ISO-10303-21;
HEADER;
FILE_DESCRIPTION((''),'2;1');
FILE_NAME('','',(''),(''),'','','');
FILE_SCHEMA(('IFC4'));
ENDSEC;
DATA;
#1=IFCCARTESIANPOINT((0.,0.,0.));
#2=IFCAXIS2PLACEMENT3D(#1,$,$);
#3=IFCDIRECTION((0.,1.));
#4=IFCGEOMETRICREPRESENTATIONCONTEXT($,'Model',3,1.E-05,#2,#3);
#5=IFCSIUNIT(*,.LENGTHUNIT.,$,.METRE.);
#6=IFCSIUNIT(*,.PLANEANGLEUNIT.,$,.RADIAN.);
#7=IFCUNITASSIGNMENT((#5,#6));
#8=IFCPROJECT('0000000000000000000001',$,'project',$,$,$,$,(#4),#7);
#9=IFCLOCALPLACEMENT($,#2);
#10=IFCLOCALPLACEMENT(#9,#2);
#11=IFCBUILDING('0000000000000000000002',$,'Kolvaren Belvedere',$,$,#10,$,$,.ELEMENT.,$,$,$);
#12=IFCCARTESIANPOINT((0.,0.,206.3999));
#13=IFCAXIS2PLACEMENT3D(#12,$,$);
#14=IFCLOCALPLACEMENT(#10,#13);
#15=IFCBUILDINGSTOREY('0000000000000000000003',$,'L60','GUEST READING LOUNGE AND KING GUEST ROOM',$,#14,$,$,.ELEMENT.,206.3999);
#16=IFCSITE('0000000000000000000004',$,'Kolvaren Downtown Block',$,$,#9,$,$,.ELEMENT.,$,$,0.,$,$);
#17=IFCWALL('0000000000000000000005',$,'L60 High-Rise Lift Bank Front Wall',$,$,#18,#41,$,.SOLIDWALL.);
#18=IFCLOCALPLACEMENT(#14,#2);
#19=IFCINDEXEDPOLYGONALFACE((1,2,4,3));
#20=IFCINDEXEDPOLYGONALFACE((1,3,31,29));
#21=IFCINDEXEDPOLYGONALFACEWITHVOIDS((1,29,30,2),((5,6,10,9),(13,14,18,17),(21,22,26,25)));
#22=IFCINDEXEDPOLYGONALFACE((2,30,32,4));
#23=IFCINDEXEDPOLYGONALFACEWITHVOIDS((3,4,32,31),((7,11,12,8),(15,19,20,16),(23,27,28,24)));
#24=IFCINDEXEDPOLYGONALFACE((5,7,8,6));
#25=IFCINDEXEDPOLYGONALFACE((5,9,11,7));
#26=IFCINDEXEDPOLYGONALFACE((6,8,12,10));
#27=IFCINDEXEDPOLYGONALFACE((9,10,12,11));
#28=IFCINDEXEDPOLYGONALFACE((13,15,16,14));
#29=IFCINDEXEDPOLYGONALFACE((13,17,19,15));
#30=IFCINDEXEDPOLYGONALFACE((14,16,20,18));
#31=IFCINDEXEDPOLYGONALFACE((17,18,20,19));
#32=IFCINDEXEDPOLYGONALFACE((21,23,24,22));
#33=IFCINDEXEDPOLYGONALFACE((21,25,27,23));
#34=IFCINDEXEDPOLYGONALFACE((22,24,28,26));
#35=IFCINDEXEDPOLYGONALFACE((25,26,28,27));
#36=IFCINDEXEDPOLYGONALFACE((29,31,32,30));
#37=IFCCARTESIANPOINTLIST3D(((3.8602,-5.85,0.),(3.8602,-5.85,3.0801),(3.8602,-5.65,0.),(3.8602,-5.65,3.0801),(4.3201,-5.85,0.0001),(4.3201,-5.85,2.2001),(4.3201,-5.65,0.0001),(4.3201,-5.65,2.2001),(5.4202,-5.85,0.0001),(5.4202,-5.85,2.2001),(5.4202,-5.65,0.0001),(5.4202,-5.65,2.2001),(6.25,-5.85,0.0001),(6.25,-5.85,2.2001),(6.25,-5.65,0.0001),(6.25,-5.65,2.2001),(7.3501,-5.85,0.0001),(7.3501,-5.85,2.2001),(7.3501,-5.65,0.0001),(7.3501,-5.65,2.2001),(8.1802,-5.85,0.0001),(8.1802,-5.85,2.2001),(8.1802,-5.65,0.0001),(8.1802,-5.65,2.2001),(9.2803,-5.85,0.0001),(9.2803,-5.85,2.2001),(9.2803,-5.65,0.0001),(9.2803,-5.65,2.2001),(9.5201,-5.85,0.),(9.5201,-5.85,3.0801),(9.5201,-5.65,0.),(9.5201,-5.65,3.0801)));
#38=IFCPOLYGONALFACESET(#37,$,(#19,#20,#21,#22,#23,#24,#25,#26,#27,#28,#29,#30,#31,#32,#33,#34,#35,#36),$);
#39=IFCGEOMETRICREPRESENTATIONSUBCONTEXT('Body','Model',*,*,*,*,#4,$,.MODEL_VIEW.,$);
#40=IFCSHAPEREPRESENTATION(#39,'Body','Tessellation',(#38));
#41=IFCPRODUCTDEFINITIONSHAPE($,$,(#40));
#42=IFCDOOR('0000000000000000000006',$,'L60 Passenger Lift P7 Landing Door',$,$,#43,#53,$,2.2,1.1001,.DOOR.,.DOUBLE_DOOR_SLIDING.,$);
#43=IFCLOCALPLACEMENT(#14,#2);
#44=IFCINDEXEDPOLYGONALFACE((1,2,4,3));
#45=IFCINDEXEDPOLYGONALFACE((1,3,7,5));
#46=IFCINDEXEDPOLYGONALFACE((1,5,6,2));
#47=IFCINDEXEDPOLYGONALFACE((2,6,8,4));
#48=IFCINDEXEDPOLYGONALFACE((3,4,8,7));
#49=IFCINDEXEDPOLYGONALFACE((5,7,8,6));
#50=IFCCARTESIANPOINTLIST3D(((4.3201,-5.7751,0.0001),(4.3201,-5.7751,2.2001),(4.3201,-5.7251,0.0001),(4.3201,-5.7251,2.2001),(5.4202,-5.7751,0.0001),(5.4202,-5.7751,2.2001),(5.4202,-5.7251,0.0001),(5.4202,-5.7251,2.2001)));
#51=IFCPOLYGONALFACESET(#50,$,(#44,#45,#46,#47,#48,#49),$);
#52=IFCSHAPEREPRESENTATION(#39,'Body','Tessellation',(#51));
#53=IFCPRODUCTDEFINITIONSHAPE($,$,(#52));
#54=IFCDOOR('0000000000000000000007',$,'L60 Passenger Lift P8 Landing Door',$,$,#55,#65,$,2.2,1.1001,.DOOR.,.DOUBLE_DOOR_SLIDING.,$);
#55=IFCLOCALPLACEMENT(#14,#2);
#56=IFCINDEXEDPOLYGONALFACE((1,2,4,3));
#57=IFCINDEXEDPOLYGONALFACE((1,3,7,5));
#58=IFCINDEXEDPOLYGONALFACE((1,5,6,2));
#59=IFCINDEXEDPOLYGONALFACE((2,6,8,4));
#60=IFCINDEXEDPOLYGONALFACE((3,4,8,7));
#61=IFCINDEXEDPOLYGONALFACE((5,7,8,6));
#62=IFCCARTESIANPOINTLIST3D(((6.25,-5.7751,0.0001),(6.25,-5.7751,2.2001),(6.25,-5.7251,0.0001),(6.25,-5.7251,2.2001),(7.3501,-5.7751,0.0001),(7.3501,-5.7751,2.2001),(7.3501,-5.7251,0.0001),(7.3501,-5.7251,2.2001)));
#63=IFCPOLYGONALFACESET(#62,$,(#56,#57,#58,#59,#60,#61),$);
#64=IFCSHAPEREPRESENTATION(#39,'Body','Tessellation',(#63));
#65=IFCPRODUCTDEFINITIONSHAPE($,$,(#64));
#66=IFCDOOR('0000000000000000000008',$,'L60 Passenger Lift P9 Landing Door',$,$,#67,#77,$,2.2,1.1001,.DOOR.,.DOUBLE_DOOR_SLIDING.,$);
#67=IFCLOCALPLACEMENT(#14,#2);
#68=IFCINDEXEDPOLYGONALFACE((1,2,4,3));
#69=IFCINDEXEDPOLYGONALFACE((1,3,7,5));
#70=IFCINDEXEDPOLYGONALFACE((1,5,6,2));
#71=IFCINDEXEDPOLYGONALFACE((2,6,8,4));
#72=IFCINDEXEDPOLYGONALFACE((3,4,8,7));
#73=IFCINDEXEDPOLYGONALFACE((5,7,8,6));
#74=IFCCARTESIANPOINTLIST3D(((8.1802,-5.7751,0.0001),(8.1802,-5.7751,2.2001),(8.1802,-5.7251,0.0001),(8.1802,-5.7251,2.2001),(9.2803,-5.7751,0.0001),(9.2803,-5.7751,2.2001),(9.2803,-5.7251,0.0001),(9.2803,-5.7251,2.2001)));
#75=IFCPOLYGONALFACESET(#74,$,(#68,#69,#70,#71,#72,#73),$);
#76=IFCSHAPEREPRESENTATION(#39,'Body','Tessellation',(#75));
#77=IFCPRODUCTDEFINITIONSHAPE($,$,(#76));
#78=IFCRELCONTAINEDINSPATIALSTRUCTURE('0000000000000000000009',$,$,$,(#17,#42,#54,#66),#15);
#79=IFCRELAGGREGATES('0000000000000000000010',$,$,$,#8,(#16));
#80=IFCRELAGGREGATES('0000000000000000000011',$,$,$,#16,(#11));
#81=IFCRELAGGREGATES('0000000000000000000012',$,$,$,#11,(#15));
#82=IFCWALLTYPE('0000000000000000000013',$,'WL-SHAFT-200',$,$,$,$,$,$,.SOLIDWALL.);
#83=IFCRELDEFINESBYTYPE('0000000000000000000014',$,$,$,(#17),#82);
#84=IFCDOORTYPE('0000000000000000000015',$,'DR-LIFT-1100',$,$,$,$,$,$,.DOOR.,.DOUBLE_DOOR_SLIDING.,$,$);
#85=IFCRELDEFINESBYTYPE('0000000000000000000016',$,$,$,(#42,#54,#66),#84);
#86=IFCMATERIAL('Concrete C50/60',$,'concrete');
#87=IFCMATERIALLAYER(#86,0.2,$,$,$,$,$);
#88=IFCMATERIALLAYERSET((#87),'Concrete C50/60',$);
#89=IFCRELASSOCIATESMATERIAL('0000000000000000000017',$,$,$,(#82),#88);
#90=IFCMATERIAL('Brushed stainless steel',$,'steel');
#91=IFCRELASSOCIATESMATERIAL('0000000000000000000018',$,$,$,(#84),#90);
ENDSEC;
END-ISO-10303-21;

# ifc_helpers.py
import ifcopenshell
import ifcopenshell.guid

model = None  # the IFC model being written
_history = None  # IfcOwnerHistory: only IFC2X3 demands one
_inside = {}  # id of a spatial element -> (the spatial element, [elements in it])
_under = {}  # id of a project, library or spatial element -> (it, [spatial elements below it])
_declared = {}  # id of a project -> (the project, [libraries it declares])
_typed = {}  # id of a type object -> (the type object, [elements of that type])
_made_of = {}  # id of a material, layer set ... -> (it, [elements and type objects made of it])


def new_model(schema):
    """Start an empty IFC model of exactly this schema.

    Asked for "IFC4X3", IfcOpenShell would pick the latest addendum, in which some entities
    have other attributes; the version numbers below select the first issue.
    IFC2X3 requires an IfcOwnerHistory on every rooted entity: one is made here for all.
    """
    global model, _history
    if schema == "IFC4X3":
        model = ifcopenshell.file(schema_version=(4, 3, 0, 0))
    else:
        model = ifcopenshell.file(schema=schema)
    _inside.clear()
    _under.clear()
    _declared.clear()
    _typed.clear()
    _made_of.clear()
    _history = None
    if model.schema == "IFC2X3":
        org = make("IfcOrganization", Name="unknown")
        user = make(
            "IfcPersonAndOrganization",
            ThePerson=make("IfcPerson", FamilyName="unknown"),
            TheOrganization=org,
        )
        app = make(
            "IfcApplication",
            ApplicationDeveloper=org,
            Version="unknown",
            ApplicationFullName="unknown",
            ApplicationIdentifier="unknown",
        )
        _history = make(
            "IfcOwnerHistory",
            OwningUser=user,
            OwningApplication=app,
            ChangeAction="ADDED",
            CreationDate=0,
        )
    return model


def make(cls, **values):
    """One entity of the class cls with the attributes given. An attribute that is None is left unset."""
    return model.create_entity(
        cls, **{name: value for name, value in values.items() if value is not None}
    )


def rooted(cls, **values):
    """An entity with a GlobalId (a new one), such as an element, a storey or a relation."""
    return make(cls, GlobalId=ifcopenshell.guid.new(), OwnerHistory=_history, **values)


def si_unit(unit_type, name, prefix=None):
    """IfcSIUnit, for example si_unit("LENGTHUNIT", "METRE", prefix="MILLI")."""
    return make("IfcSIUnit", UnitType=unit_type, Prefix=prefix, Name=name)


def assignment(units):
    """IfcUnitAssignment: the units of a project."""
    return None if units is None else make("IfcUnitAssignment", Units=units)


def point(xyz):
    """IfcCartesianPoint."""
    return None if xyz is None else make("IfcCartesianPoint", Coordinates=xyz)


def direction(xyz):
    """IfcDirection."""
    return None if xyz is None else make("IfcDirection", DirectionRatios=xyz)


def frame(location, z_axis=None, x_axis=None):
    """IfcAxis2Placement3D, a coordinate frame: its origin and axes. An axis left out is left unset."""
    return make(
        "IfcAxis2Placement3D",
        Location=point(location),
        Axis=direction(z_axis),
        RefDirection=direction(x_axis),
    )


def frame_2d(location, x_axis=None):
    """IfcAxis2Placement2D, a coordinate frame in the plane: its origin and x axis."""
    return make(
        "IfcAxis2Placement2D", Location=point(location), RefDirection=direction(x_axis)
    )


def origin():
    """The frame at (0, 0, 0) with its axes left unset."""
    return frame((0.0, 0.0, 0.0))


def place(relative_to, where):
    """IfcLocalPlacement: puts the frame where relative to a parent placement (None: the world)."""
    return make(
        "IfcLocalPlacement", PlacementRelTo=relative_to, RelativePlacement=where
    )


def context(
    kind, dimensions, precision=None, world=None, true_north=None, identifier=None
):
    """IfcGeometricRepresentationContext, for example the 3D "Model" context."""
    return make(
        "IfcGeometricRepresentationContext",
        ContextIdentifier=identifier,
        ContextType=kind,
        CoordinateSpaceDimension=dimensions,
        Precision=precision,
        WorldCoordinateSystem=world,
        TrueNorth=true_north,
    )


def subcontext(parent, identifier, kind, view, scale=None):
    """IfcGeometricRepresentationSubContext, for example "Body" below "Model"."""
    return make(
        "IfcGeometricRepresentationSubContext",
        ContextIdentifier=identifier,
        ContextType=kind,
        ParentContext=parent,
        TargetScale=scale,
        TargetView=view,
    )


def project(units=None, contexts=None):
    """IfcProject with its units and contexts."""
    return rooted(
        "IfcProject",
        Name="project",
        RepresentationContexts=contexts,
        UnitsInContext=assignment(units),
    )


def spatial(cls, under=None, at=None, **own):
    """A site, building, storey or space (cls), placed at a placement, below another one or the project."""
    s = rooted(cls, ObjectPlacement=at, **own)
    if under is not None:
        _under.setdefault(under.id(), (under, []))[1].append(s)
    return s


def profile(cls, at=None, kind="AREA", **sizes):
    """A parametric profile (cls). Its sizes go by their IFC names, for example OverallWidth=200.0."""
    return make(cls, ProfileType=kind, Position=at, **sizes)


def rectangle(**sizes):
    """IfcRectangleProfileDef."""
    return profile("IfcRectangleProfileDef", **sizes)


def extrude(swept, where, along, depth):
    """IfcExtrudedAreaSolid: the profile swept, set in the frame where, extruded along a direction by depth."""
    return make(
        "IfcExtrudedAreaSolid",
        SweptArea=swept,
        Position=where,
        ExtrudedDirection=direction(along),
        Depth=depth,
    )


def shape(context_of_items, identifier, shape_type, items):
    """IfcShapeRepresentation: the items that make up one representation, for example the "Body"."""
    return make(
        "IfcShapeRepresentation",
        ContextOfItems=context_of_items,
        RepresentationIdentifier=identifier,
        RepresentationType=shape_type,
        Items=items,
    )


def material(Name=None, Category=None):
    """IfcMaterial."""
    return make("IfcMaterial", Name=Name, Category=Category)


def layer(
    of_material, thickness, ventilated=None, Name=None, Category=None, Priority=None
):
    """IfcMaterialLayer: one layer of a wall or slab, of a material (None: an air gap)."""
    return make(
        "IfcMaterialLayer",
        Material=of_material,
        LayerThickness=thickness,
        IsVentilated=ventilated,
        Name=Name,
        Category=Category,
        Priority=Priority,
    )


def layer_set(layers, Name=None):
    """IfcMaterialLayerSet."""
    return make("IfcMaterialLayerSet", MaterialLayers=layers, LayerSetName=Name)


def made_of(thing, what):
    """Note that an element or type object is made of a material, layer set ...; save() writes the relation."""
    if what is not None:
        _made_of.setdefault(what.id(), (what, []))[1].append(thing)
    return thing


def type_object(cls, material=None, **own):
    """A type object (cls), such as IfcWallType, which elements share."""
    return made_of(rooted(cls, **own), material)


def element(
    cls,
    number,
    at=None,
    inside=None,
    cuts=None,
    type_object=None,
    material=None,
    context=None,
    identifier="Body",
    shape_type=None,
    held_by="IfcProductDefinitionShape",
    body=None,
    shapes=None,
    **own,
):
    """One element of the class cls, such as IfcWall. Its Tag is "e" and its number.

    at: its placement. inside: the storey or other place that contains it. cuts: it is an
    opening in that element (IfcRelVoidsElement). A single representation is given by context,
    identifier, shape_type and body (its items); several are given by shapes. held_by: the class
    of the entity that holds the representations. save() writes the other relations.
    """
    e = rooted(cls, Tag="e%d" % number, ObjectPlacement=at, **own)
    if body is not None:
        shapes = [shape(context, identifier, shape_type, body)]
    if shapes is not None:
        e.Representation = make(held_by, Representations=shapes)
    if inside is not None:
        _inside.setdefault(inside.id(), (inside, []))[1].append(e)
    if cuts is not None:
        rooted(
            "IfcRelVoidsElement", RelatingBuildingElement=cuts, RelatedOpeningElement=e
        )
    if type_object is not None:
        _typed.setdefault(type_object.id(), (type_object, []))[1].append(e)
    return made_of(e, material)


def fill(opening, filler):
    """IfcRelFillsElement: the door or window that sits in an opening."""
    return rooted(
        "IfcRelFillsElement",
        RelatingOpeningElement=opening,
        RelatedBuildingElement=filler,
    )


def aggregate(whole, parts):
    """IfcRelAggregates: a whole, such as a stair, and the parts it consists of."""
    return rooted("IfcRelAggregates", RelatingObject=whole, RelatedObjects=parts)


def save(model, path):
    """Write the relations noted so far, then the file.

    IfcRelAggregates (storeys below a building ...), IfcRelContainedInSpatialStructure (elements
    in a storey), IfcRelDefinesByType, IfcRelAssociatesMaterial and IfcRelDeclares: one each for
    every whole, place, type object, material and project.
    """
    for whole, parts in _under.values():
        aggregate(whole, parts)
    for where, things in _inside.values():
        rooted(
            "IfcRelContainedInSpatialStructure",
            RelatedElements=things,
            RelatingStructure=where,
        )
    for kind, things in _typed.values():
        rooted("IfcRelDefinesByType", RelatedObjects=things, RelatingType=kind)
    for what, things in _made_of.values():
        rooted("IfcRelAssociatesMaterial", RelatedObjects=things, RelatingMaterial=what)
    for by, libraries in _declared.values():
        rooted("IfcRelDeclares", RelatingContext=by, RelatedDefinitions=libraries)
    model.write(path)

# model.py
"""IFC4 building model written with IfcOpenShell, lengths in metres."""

from ifc_helpers import new_model, si_unit, direction, frame, frame_2d, origin, place, context, subcontext, project, spatial, rectangle, extrude, material, layer, layer_set, type_object, element, fill, save


model = new_model("IFC4")

# Units and contexts
model_context = context("Model", 3, precision=1e-05, world=origin(), true_north=direction((0.0, 1.0)))
body_context = subcontext(model_context, "Body", "Model", "MODEL_VIEW")
ifc_project = project(units=[si_unit("LENGTHUNIT", "METRE"), si_unit("PLANEANGLEUNIT", "RADIAN")], contexts=[model_context])

# Site, building, storey
site_placement = place(None, origin())
site = spatial("IfcSite", under=ifc_project, at=site_placement, Name="Kolvaren Downtown Block", CompositionType="ELEMENT", RefElevation=0.0)
building_placement = place(site_placement, origin())
building = spatial("IfcBuilding", under=site, at=building_placement, Name="Kolvaren Belvedere", CompositionType="ELEMENT")
storey_placement = place(building_placement, frame((0.0, 0.0, 206.3999)))
storey = spatial("IfcBuildingStorey", under=building, at=storey_placement, Name="L60", Description="GUEST READING LOUNGE AND KING GUEST ROOM", CompositionType="ELEMENT", Elevation=206.3999)

# Shared definitions
ifc_material_1 = material(Name="Concrete C50/60", Category="concrete")
ifc_layer_1 = layer(ifc_material_1, 0.2)
ifc_layer_set_1 = layer_set([ifc_layer_1], Name="Concrete C50/60")
wall_type_1 = type_object("IfcWallType", Name="WL-SHAFT-200", PredefinedType="SOLIDWALL", material=ifc_layer_set_1)
ifc_material_2 = material(Name="Brushed stainless steel", Category="steel")
door_type_1 = type_object("IfcDoorType", Name="DR-LIFT-1100", OperationType="DOUBLE_DOOR_SLIDING", PredefinedType="DOOR", material=ifc_material_2)

# Wall, openings, doors
wall_1_placement = place(storey_placement, frame((3.8601, -5.75, 0.0), z_axis=(0.0, 0.0, 1.0), x_axis=(1.0, 0.0, 0.0)))
wall_1 = element("IfcWall", 1, at=wall_1_placement, inside=storey, type_object=wall_type_1, Name="L60 High-Rise Lift Bank Front Wall", PredefinedType="SOLIDWALL", context=body_context, shape_type="SweptSolid", body=[
    extrude(rectangle(XDim=5.6599, YDim=0.2, at=frame_2d((2.8301, 0.0))), origin(), (0.0, 0.0, 1.0), 3.0801),
])
opening_1_placement = place(wall_1_placement, frame((0.46, 0.0, 0.0)))
opening_1 = element("IfcOpeningElement", 2, at=opening_1_placement, cuts=wall_1, PredefinedType="OPENING", context=body_context, shape_type="SweptSolid", body=[
    extrude(rectangle(XDim=1.1001, YDim=2.2, at=frame_2d((0.55, 1.1001))), frame((0.0, 0.1099, 0.0), z_axis=(0.0, -1.0, 0.0), x_axis=(1.0, 0.0, 0.0)), (0.0, 0.0, 1.0), 0.22),
])
opening_2_placement = place(wall_1_placement, frame((2.3899, 0.0, 0.0)))
opening_2 = element("IfcOpeningElement", 3, at=opening_2_placement, cuts=wall_1, PredefinedType="OPENING", context=body_context, shape_type="SweptSolid", body=[
    extrude(rectangle(XDim=1.1001, YDim=2.2, at=frame_2d((0.55, 1.1001))), frame((0.0, 0.1099, 0.0), z_axis=(0.0, -1.0, 0.0), x_axis=(1.0, 0.0, 0.0)), (0.0, 0.0, 1.0), 0.22),
])
opening_3_placement = place(wall_1_placement, frame((4.3201, 0.0, 0.0)))
opening_3 = element("IfcOpeningElement", 4, at=opening_3_placement, cuts=wall_1, PredefinedType="OPENING", context=body_context, shape_type="SweptSolid", body=[
    extrude(rectangle(XDim=1.1001, YDim=2.2, at=frame_2d((0.55, 1.1001))), frame((0.0, 0.1099, 0.0), z_axis=(0.0, -1.0, 0.0), x_axis=(1.0, 0.0, 0.0)), (0.0, 0.0, 1.0), 0.22),
])
door_1_placement = place(opening_1_placement, origin())
door_1 = element("IfcDoor", 5, at=door_1_placement, inside=storey, type_object=door_type_1, Name="L60 Passenger Lift P7 Landing Door", OperationType="DOUBLE_DOOR_SLIDING", OverallHeight=2.2, OverallWidth=1.1001, PredefinedType="DOOR", context=body_context, shape_type="SweptSolid", body=[
    extrude(rectangle(XDim=1.1001, YDim=2.2, at=frame_2d((0.55, 1.1001))), frame((0.0, 0.0249, 0.0), z_axis=(0.0, -1.0, 0.0), x_axis=(1.0, 0.0, 0.0)), (0.0, 0.0, 1.0), 0.05),
])
fill(opening_1, door_1)
door_2_placement = place(opening_2_placement, origin())
door_2 = element("IfcDoor", 6, at=door_2_placement, inside=storey, type_object=door_type_1, Name="L60 Passenger Lift P8 Landing Door", OperationType="DOUBLE_DOOR_SLIDING", OverallHeight=2.2, OverallWidth=1.1001, PredefinedType="DOOR", context=body_context, shape_type="SweptSolid", body=[
    extrude(rectangle(XDim=1.1001, YDim=2.2, at=frame_2d((0.55, 1.1001))), frame((0.0, 0.0249, 0.0), z_axis=(0.0, -1.0, 0.0), x_axis=(1.0, 0.0, 0.0)), (0.0, 0.0, 1.0), 0.05),
])
fill(opening_2, door_2)
door_3_placement = place(opening_3_placement, origin())
door_3 = element("IfcDoor", 7, at=door_3_placement, inside=storey, type_object=door_type_1, Name="L60 Passenger Lift P9 Landing Door", OperationType="DOUBLE_DOOR_SLIDING", OverallHeight=2.2, OverallWidth=1.1001, PredefinedType="DOOR", context=body_context, shape_type="SweptSolid", body=[
    extrude(rectangle(XDim=1.1001, YDim=2.2, at=frame_2d((0.55, 1.1001))), frame((0.0, 0.0249, 0.0), z_axis=(0.0, -1.0, 0.0), x_axis=(1.0, 0.0, 0.0)), (0.0, 0.0, 1.0), 0.05),
])
fill(opening_3, door_3)

save(model, "model.ifc")
